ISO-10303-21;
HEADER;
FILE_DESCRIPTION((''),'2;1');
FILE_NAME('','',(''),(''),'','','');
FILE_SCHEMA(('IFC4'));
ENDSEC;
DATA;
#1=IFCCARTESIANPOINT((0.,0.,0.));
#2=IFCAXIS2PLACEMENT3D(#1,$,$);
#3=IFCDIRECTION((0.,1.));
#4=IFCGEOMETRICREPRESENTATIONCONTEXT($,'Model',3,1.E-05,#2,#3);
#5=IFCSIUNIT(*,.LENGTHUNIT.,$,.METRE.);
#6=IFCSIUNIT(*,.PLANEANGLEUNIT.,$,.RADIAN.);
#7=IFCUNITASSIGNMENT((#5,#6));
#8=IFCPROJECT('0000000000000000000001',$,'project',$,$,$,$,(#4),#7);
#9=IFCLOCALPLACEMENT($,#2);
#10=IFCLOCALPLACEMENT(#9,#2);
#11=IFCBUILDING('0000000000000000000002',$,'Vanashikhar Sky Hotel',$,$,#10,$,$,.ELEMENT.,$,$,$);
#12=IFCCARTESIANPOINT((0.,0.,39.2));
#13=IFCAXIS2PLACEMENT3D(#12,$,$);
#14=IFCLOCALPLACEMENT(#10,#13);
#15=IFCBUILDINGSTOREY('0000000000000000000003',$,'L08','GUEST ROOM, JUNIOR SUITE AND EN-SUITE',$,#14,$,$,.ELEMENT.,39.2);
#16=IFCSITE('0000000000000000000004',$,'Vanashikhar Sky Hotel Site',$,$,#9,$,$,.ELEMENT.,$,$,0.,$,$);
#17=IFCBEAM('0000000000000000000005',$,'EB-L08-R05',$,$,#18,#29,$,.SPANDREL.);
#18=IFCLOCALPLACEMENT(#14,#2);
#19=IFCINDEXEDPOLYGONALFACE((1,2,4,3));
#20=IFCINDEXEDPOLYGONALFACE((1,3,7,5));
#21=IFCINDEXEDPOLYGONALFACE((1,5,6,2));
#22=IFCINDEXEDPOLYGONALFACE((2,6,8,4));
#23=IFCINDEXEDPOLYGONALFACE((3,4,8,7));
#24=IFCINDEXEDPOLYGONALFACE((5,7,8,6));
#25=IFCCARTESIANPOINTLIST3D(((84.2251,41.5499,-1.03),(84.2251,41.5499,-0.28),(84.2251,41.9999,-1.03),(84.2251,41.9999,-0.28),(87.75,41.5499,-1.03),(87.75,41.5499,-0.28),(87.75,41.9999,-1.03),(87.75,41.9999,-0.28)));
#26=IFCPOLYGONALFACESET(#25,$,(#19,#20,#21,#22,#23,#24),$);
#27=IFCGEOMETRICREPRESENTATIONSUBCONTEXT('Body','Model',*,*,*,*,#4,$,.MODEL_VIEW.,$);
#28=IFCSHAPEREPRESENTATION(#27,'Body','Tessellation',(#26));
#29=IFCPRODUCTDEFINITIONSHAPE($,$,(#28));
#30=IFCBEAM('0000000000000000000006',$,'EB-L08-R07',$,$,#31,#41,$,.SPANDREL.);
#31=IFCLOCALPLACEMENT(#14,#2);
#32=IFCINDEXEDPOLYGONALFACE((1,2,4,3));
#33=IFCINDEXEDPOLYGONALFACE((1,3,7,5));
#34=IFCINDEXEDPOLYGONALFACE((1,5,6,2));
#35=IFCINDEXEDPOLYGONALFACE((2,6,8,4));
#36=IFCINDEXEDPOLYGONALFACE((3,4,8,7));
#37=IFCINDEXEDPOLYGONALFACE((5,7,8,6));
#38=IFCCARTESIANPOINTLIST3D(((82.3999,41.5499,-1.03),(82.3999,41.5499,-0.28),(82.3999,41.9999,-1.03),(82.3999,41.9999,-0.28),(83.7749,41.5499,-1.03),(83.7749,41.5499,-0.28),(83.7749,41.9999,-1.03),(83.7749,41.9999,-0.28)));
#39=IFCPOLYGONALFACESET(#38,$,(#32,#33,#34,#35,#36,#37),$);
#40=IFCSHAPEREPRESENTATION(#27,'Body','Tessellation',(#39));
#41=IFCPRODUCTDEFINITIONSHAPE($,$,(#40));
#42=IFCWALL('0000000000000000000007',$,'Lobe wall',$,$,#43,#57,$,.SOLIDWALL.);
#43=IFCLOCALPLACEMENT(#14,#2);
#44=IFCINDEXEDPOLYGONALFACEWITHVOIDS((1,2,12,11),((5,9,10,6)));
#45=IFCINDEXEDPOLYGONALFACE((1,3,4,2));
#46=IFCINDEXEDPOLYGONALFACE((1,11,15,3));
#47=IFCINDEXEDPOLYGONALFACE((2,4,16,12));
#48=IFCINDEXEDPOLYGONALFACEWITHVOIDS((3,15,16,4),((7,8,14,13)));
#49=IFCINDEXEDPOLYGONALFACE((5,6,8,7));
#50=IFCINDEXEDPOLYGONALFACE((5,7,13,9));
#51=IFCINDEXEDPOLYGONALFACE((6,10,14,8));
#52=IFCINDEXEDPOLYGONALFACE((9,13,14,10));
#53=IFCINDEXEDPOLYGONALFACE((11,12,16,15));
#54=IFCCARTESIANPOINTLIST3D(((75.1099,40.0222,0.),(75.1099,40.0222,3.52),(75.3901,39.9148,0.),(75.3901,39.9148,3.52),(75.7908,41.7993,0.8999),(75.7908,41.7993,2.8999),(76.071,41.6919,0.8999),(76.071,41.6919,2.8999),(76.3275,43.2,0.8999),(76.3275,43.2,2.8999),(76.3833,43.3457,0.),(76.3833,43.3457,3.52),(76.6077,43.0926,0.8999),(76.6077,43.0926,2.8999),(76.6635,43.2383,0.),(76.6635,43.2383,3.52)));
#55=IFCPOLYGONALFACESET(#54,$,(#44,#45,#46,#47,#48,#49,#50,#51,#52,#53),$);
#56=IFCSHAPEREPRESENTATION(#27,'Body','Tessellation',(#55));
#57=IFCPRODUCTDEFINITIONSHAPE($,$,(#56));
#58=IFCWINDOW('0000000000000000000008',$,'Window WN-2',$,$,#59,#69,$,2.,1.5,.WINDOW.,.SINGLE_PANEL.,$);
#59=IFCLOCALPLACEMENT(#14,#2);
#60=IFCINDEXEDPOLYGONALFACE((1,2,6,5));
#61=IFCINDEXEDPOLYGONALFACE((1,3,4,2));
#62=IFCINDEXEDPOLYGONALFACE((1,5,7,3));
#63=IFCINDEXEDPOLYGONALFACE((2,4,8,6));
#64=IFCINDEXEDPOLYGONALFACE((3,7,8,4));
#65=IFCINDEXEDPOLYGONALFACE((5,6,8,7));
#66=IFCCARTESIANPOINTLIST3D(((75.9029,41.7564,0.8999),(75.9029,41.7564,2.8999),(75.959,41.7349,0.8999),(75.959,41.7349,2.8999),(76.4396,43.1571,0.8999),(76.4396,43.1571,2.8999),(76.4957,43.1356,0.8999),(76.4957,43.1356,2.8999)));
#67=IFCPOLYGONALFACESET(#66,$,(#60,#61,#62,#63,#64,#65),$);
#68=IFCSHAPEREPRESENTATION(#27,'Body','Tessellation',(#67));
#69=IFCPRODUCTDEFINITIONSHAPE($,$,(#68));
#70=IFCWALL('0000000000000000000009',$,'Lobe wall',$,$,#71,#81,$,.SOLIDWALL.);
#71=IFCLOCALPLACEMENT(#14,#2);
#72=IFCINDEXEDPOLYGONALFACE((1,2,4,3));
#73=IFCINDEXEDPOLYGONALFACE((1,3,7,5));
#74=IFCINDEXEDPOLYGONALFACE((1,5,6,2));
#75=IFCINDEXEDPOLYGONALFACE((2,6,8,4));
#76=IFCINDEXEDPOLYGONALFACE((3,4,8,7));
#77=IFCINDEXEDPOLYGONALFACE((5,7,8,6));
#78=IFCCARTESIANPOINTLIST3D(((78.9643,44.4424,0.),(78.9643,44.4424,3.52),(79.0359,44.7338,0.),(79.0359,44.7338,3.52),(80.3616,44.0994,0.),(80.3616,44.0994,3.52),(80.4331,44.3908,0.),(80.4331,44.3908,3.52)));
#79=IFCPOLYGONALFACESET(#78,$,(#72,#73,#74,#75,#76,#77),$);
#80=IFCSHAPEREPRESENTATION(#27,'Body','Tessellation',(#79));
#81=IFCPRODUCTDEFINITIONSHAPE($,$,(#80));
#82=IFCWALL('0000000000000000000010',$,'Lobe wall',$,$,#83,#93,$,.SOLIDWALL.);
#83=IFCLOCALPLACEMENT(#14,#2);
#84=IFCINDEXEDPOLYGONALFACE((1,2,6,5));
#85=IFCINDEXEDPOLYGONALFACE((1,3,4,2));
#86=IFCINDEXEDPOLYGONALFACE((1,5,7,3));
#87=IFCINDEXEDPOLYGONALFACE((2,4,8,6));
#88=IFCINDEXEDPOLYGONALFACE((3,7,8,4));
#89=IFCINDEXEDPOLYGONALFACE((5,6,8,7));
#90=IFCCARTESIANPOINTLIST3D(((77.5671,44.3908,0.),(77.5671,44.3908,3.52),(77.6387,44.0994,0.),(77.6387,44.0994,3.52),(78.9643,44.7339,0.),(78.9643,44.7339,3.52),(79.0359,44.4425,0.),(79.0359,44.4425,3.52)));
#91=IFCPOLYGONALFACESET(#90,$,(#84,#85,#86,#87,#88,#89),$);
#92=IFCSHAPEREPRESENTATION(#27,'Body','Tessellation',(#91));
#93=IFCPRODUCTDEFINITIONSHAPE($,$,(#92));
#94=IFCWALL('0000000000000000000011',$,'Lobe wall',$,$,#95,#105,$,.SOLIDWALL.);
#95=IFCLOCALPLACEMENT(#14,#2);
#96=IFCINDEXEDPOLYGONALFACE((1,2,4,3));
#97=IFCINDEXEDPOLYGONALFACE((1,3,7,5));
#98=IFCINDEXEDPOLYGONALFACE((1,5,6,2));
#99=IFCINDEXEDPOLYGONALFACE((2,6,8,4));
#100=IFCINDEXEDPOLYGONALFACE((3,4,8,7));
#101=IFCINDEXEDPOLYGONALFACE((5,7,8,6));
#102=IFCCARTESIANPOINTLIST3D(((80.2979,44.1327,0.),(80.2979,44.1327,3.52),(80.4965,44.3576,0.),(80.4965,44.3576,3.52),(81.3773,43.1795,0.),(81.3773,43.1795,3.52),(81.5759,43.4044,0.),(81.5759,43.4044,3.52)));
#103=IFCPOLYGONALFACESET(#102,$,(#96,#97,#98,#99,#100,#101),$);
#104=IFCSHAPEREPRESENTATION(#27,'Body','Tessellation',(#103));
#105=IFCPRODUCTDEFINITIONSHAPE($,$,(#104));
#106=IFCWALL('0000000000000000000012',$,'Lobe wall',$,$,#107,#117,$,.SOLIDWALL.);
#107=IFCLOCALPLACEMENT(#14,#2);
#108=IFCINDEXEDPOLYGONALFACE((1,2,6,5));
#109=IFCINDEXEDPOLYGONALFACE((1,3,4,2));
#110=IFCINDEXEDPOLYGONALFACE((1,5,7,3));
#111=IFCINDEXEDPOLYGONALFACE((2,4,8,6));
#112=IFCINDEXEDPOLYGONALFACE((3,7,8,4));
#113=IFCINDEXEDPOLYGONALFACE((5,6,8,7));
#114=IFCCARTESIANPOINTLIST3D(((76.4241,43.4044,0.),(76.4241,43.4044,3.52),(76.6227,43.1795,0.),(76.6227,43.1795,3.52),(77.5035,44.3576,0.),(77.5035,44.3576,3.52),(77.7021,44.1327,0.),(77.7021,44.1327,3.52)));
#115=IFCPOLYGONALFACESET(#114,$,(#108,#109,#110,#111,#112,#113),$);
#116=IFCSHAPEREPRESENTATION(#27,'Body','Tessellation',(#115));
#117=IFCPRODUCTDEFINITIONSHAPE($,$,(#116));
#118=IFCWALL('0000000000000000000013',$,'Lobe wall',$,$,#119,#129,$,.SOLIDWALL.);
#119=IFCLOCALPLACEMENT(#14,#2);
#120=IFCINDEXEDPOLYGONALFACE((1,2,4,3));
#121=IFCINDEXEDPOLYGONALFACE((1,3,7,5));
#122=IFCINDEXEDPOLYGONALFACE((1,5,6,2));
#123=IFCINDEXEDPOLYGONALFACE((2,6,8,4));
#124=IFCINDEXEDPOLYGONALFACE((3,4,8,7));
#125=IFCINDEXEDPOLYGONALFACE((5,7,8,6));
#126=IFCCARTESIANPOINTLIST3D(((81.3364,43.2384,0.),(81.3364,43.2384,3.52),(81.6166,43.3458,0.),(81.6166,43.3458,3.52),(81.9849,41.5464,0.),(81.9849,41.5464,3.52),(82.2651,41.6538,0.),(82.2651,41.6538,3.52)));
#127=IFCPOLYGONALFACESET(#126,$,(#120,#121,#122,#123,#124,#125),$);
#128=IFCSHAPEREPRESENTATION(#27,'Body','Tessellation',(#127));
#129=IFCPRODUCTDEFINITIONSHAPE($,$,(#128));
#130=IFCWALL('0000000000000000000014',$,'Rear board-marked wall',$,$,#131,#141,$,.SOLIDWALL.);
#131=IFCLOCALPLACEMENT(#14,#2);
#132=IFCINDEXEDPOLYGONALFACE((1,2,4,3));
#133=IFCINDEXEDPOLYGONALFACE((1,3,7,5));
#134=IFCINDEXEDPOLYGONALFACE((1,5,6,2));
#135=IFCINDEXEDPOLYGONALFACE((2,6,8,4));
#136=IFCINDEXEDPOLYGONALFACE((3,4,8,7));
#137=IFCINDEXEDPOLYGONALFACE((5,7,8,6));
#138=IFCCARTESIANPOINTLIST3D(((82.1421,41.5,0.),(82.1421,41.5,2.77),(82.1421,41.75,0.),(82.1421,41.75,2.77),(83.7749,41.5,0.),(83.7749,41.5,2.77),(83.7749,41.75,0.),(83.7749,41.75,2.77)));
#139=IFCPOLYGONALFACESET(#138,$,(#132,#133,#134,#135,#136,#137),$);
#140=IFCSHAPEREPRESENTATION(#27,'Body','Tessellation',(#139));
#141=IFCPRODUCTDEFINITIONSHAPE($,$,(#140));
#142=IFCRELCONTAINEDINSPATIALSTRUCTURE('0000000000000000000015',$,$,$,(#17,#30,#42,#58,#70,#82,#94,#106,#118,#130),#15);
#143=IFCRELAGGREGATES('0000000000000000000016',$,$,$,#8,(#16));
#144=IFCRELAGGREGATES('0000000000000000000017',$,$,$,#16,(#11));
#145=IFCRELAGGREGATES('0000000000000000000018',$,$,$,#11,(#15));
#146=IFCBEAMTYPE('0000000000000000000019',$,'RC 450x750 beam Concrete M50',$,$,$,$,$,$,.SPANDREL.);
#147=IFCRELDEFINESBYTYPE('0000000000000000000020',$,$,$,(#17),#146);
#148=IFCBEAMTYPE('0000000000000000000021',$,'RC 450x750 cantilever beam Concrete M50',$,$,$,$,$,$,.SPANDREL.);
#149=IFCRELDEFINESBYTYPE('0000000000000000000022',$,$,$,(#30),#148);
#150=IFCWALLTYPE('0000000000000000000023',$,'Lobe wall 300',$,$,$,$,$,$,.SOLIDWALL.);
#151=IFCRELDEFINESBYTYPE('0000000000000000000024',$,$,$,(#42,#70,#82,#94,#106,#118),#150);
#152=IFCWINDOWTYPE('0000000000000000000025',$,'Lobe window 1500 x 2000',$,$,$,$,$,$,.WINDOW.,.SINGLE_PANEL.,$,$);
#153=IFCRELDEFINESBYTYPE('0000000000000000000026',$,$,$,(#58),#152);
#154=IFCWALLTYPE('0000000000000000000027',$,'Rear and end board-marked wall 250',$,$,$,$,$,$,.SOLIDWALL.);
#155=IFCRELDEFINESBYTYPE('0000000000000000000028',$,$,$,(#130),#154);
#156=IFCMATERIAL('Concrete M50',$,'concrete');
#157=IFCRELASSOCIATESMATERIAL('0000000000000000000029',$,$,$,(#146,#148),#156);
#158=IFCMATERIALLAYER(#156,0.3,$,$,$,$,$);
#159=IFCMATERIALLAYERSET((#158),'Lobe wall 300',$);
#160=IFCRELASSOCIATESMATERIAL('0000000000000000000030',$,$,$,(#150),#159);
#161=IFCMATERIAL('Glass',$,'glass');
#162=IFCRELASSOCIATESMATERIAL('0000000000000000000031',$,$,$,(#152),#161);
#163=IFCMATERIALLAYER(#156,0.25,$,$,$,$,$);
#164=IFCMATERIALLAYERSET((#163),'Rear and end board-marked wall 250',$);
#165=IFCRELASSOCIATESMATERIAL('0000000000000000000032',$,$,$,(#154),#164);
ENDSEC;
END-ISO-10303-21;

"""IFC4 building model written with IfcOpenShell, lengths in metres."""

from ifc_helpers import new_model, si_unit, direction, frame, frame_2d, origin, origin_2d, place, context, subcontext, project, spatial, rectangle, extrude, source, transform, mapped, material, layer, layer_set, material_profile, profile_set, type_object, element, fill, save


model = new_model("IFC4")

# Units and contexts
model_context = context("Model", 3, precision=1e-05, world=origin(), true_north=direction((0.0, 1.0)))
body_context = subcontext(model_context, "Body", "Model", "MODEL_VIEW")
ifc_project = project(units=[si_unit("LENGTHUNIT", "METRE"), si_unit("PLANEANGLEUNIT", "RADIAN")], contexts=[model_context])

# Site, building, storey
site_placement = place(None, origin())
site = spatial("IfcSite", under=ifc_project, at=site_placement, Name="Vanashikhar Sky Hotel Site", CompositionType="ELEMENT", RefElevation=0.0)
building_placement = place(site_placement, origin())
building = spatial("IfcBuilding", under=site, at=building_placement, Name="Vanashikhar Sky Hotel", CompositionType="ELEMENT")
storey_placement = place(building_placement, frame((0.0, 0.0, 39.2)))
storey = spatial("IfcBuildingStorey", under=building, at=storey_placement, Name="L08", Description="GUEST ROOM, JUNIOR SUITE AND EN-SUITE", CompositionType="ELEMENT", Elevation=39.2)

# Beams
ifc_material_1 = material(Name="Concrete M50", Category="concrete")
ifc_material_profile_1 = material_profile(ifc_material_1, rectangle(XDim=0.45, YDim=0.75, at=origin_2d()))
ifc_profile_set_1 = profile_set([ifc_material_profile_1], Name="RC 450x750 beam Concrete M50")
beam_type_1 = type_object("IfcBeamType", Name="RC 450x750 beam Concrete M50", PredefinedType="SPANDREL", material=ifc_profile_set_1)
shared_shape_1 = source(origin(), body_context, "Body", "SweptSolid", [
    extrude(rectangle(XDim=0.45, YDim=0.75, at=origin_2d()), origin(), (0.0, 0.0, 1.0), 3.5249),
])
beam_1_placement = place(storey_placement, frame((84.2251, 41.7749, -0.655), z_axis=(1.0, 0.0, 0.0), x_axis=(0.0, 1.0, 0.0)))
element("IfcBeam", 1, at=beam_1_placement, inside=storey, type_object=beam_type_1, Name="EB-L08-R05", PredefinedType="SPANDREL", context=body_context, shape_type="MappedRepresentation", body=[
    mapped(shared_shape_1, transform((0.0, 0.0, 0.0), scale=1.0)),
])
ifc_material_profile_2 = material_profile(ifc_material_1, rectangle(XDim=0.45, YDim=0.75, at=origin_2d()))
ifc_profile_set_2 = profile_set([ifc_material_profile_2], Name="RC 450x750 cantilever beam Concrete M50")
beam_type_2 = type_object("IfcBeamType", Name="RC 450x750 cantilever beam Concrete M50", PredefinedType="SPANDREL", material=ifc_profile_set_2)
shared_shape_2 = source(origin(), body_context, "Body", "SweptSolid", [
    extrude(rectangle(XDim=0.45, YDim=0.75, at=origin_2d()), origin(), (0.0, 0.0, 1.0), 1.375),
])
beam_2_placement = place(storey_placement, frame((82.3999, 41.7749, -0.655), z_axis=(1.0, 0.0, 0.0), x_axis=(0.0, 1.0, 0.0)))
element("IfcBeam", 2, at=beam_2_placement, inside=storey, type_object=beam_type_2, Name="EB-L08-R07", PredefinedType="SPANDREL", context=body_context, shape_type="MappedRepresentation", body=[
    mapped(shared_shape_2, transform((0.0, 0.0, 0.0), scale=1.0)),
])

# Wall, opening, window
ifc_layer_1 = layer(ifc_material_1, 0.3)
ifc_layer_set_1 = layer_set([ifc_layer_1], Name="Lobe wall 300")
wall_type_1 = type_object("IfcWallType", Name="Lobe wall 300", PredefinedType="SOLIDWALL", material=ifc_layer_set_1)
shared_shape_3 = source(origin(), body_context, "Body", "SweptSolid", [
    extrude(rectangle(XDim=3.5591, YDim=0.3, at=frame_2d((1.7795, 0.0))), origin(), (0.0, 0.0, 1.0), 3.52),
])
wall_1_placement = place(storey_placement, frame((76.5234, 43.292, 0.0), z_axis=(0.0, 0.0, 1.0), x_axis=(-0.357797, -0.933799, 0.0)))
wall_1 = element("IfcWall", 3, at=wall_1_placement, inside=storey, type_object=wall_type_1, Name="Lobe wall", PredefinedType="SOLIDWALL", context=body_context, shape_type="MappedRepresentation", body=[
    mapped(shared_shape_3, transform((0.0, 0.0, 0.0), scale=1.0)),
])
shared_shape_4 = source(origin(), body_context, "Body", "SweptSolid", [
    extrude(rectangle(XDim=1.5, YDim=2.0, at=frame_2d((0.75, 1.0))), frame((0.0, 0.1602, 0.0), z_axis=(0.0, -1.0, 0.0), x_axis=(1.0, 0.0, 0.0)), (0.0, 0.0, 1.0), 0.3201),
])
opening_1_placement = place(wall_1_placement, frame((0.156, 0.0, 0.8999)))
opening_1 = element("IfcOpeningElement", 4, at=opening_1_placement, cuts=wall_1, PredefinedType="OPENING", context=body_context, shape_type="MappedRepresentation", body=[
    mapped(shared_shape_4, transform((0.0, 0.0, 0.0), scale=1.0)),
])
ifc_material_2 = material(Name="Glass", Category="glass")
window_type = type_object("IfcWindowType", Name="Lobe window 1500 x 2000", PartitioningType="SINGLE_PANEL", PredefinedType="WINDOW", material=ifc_material_2)
shared_shape_5 = source(origin(), body_context, "Body", "SweptSolid", [
    extrude(rectangle(XDim=1.5, YDim=2.0, at=frame_2d((0.75, 1.0))), frame((0.0, 0.03, 0.0), z_axis=(0.0, -1.0, 0.0), x_axis=(1.0, 0.0, 0.0)), (0.0, 0.0, 1.0), 0.0601),
])
window_placement = place(opening_1_placement, origin())
window = element("IfcWindow", 5, at=window_placement, inside=storey, type_object=window_type, Name="Window WN-2", OverallHeight=2.0, OverallWidth=1.5, PartitioningType="SINGLE_PANEL", PredefinedType="WINDOW", context=body_context, shape_type="MappedRepresentation", body=[
    mapped(shared_shape_5, transform((0.0, 0.0, 0.0), scale=1.0)),
])
fill(opening_1, window)

# Walls
shared_shape_6 = source(origin(), body_context, "Body", "SweptSolid", [
    extrude(rectangle(XDim=1.4387, YDim=0.3, at=frame_2d((0.7192, 0.0))), origin(), (0.0, 0.0, 1.0), 3.52),
])
for number, where, z_axis, x_axis, name in (
    (6, (80.3972, 44.2451, 0.0), (0.0, 0.0, 1.0), (-0.971162, 0.238421, 0.0), "Lobe wall"),
    (7, (79.0, 44.5881, 0.0), (0.0, 0.0, 1.0), (-0.971162, -0.238421, 0.0), "Lobe wall"),
):
    element("IfcWall", number, at=place(storey_placement, frame(where, z_axis=z_axis, x_axis=x_axis)), inside=storey, type_object=wall_type_1, Name=name, PredefinedType="SOLIDWALL", context=body_context, shape_type="MappedRepresentation", body=[
        mapped(shared_shape_6, transform((0.0, 0.0, 0.0), scale=1.0)),
    ])
shared_shape_7 = source(origin(), body_context, "Body", "SweptSolid", [
    extrude(rectangle(XDim=1.4399, YDim=0.3, at=frame_2d((0.72, 0.0))), origin(), (0.0, 0.0, 1.0), 3.52),
])
for number, where, z_axis, x_axis, name in (
    (8, (81.4766, 43.292, 0.0), (0.0, 0.0, 1.0), (-0.749576, 0.661919, 0.0), "Lobe wall"),
    (9, (77.6028, 44.2451, 0.0), (0.0, 0.0, 1.0), (-0.749576, -0.661919, 0.0), "Lobe wall"),
):
    element("IfcWall", number, at=place(storey_placement, frame(where, z_axis=z_axis, x_axis=x_axis)), inside=storey, type_object=wall_type_1, Name=name, PredefinedType="SOLIDWALL", context=body_context, shape_type="MappedRepresentation", body=[
        mapped(shared_shape_7, transform((0.0, 0.0, 0.0), scale=1.0)),
    ])
shared_shape_8 = source(origin(), body_context, "Body", "SweptSolid", [
    extrude(rectangle(XDim=1.812, YDim=0.3, at=frame_2d((0.906, 0.0))), origin(), (0.0, 0.0, 1.0), 3.52),
])
wall_2_placement = place(storey_placement, frame((82.125, 41.6001, 0.0), z_axis=(0.0, 0.0, 1.0), x_axis=(-0.357877, 0.933769, 0.0)))
element("IfcWall", 10, at=wall_2_placement, inside=storey, type_object=wall_type_1, Name="Lobe wall", PredefinedType="SOLIDWALL", context=body_context, shape_type="MappedRepresentation", body=[
    mapped(shared_shape_8, transform((0.0, 0.0, 0.0), scale=1.0)),
])
ifc_layer_2 = layer(ifc_material_1, 0.25)
ifc_layer_set_2 = layer_set([ifc_layer_2], Name="Rear and end board-marked wall 250")
wall_type_2 = type_object("IfcWallType", Name="Rear and end board-marked wall 250", PredefinedType="SOLIDWALL", material=ifc_layer_set_2)
shared_shape_9 = source(origin(), body_context, "Body", "SweptSolid", [
    extrude(rectangle(XDim=1.6328, YDim=0.25, at=frame_2d((0.8164, 0.0))), origin(), (0.0, 0.0, 1.0), 2.77),
])
wall_3_placement = place(storey_placement, frame((83.7749, 41.625, 0.0), z_axis=(0.0, 0.0, 1.0), x_axis=(-1.0, 0.0, 0.0)))
element("IfcWall", 11, at=wall_3_placement, inside=storey, type_object=wall_type_2, Name="Rear board-marked wall", PredefinedType="SOLIDWALL", context=body_context, shape_type="MappedRepresentation", body=[
    mapped(shared_shape_9, transform((0.0, 0.0, 0.0), scale=1.0)),
])

save(model, "model.ifc")
